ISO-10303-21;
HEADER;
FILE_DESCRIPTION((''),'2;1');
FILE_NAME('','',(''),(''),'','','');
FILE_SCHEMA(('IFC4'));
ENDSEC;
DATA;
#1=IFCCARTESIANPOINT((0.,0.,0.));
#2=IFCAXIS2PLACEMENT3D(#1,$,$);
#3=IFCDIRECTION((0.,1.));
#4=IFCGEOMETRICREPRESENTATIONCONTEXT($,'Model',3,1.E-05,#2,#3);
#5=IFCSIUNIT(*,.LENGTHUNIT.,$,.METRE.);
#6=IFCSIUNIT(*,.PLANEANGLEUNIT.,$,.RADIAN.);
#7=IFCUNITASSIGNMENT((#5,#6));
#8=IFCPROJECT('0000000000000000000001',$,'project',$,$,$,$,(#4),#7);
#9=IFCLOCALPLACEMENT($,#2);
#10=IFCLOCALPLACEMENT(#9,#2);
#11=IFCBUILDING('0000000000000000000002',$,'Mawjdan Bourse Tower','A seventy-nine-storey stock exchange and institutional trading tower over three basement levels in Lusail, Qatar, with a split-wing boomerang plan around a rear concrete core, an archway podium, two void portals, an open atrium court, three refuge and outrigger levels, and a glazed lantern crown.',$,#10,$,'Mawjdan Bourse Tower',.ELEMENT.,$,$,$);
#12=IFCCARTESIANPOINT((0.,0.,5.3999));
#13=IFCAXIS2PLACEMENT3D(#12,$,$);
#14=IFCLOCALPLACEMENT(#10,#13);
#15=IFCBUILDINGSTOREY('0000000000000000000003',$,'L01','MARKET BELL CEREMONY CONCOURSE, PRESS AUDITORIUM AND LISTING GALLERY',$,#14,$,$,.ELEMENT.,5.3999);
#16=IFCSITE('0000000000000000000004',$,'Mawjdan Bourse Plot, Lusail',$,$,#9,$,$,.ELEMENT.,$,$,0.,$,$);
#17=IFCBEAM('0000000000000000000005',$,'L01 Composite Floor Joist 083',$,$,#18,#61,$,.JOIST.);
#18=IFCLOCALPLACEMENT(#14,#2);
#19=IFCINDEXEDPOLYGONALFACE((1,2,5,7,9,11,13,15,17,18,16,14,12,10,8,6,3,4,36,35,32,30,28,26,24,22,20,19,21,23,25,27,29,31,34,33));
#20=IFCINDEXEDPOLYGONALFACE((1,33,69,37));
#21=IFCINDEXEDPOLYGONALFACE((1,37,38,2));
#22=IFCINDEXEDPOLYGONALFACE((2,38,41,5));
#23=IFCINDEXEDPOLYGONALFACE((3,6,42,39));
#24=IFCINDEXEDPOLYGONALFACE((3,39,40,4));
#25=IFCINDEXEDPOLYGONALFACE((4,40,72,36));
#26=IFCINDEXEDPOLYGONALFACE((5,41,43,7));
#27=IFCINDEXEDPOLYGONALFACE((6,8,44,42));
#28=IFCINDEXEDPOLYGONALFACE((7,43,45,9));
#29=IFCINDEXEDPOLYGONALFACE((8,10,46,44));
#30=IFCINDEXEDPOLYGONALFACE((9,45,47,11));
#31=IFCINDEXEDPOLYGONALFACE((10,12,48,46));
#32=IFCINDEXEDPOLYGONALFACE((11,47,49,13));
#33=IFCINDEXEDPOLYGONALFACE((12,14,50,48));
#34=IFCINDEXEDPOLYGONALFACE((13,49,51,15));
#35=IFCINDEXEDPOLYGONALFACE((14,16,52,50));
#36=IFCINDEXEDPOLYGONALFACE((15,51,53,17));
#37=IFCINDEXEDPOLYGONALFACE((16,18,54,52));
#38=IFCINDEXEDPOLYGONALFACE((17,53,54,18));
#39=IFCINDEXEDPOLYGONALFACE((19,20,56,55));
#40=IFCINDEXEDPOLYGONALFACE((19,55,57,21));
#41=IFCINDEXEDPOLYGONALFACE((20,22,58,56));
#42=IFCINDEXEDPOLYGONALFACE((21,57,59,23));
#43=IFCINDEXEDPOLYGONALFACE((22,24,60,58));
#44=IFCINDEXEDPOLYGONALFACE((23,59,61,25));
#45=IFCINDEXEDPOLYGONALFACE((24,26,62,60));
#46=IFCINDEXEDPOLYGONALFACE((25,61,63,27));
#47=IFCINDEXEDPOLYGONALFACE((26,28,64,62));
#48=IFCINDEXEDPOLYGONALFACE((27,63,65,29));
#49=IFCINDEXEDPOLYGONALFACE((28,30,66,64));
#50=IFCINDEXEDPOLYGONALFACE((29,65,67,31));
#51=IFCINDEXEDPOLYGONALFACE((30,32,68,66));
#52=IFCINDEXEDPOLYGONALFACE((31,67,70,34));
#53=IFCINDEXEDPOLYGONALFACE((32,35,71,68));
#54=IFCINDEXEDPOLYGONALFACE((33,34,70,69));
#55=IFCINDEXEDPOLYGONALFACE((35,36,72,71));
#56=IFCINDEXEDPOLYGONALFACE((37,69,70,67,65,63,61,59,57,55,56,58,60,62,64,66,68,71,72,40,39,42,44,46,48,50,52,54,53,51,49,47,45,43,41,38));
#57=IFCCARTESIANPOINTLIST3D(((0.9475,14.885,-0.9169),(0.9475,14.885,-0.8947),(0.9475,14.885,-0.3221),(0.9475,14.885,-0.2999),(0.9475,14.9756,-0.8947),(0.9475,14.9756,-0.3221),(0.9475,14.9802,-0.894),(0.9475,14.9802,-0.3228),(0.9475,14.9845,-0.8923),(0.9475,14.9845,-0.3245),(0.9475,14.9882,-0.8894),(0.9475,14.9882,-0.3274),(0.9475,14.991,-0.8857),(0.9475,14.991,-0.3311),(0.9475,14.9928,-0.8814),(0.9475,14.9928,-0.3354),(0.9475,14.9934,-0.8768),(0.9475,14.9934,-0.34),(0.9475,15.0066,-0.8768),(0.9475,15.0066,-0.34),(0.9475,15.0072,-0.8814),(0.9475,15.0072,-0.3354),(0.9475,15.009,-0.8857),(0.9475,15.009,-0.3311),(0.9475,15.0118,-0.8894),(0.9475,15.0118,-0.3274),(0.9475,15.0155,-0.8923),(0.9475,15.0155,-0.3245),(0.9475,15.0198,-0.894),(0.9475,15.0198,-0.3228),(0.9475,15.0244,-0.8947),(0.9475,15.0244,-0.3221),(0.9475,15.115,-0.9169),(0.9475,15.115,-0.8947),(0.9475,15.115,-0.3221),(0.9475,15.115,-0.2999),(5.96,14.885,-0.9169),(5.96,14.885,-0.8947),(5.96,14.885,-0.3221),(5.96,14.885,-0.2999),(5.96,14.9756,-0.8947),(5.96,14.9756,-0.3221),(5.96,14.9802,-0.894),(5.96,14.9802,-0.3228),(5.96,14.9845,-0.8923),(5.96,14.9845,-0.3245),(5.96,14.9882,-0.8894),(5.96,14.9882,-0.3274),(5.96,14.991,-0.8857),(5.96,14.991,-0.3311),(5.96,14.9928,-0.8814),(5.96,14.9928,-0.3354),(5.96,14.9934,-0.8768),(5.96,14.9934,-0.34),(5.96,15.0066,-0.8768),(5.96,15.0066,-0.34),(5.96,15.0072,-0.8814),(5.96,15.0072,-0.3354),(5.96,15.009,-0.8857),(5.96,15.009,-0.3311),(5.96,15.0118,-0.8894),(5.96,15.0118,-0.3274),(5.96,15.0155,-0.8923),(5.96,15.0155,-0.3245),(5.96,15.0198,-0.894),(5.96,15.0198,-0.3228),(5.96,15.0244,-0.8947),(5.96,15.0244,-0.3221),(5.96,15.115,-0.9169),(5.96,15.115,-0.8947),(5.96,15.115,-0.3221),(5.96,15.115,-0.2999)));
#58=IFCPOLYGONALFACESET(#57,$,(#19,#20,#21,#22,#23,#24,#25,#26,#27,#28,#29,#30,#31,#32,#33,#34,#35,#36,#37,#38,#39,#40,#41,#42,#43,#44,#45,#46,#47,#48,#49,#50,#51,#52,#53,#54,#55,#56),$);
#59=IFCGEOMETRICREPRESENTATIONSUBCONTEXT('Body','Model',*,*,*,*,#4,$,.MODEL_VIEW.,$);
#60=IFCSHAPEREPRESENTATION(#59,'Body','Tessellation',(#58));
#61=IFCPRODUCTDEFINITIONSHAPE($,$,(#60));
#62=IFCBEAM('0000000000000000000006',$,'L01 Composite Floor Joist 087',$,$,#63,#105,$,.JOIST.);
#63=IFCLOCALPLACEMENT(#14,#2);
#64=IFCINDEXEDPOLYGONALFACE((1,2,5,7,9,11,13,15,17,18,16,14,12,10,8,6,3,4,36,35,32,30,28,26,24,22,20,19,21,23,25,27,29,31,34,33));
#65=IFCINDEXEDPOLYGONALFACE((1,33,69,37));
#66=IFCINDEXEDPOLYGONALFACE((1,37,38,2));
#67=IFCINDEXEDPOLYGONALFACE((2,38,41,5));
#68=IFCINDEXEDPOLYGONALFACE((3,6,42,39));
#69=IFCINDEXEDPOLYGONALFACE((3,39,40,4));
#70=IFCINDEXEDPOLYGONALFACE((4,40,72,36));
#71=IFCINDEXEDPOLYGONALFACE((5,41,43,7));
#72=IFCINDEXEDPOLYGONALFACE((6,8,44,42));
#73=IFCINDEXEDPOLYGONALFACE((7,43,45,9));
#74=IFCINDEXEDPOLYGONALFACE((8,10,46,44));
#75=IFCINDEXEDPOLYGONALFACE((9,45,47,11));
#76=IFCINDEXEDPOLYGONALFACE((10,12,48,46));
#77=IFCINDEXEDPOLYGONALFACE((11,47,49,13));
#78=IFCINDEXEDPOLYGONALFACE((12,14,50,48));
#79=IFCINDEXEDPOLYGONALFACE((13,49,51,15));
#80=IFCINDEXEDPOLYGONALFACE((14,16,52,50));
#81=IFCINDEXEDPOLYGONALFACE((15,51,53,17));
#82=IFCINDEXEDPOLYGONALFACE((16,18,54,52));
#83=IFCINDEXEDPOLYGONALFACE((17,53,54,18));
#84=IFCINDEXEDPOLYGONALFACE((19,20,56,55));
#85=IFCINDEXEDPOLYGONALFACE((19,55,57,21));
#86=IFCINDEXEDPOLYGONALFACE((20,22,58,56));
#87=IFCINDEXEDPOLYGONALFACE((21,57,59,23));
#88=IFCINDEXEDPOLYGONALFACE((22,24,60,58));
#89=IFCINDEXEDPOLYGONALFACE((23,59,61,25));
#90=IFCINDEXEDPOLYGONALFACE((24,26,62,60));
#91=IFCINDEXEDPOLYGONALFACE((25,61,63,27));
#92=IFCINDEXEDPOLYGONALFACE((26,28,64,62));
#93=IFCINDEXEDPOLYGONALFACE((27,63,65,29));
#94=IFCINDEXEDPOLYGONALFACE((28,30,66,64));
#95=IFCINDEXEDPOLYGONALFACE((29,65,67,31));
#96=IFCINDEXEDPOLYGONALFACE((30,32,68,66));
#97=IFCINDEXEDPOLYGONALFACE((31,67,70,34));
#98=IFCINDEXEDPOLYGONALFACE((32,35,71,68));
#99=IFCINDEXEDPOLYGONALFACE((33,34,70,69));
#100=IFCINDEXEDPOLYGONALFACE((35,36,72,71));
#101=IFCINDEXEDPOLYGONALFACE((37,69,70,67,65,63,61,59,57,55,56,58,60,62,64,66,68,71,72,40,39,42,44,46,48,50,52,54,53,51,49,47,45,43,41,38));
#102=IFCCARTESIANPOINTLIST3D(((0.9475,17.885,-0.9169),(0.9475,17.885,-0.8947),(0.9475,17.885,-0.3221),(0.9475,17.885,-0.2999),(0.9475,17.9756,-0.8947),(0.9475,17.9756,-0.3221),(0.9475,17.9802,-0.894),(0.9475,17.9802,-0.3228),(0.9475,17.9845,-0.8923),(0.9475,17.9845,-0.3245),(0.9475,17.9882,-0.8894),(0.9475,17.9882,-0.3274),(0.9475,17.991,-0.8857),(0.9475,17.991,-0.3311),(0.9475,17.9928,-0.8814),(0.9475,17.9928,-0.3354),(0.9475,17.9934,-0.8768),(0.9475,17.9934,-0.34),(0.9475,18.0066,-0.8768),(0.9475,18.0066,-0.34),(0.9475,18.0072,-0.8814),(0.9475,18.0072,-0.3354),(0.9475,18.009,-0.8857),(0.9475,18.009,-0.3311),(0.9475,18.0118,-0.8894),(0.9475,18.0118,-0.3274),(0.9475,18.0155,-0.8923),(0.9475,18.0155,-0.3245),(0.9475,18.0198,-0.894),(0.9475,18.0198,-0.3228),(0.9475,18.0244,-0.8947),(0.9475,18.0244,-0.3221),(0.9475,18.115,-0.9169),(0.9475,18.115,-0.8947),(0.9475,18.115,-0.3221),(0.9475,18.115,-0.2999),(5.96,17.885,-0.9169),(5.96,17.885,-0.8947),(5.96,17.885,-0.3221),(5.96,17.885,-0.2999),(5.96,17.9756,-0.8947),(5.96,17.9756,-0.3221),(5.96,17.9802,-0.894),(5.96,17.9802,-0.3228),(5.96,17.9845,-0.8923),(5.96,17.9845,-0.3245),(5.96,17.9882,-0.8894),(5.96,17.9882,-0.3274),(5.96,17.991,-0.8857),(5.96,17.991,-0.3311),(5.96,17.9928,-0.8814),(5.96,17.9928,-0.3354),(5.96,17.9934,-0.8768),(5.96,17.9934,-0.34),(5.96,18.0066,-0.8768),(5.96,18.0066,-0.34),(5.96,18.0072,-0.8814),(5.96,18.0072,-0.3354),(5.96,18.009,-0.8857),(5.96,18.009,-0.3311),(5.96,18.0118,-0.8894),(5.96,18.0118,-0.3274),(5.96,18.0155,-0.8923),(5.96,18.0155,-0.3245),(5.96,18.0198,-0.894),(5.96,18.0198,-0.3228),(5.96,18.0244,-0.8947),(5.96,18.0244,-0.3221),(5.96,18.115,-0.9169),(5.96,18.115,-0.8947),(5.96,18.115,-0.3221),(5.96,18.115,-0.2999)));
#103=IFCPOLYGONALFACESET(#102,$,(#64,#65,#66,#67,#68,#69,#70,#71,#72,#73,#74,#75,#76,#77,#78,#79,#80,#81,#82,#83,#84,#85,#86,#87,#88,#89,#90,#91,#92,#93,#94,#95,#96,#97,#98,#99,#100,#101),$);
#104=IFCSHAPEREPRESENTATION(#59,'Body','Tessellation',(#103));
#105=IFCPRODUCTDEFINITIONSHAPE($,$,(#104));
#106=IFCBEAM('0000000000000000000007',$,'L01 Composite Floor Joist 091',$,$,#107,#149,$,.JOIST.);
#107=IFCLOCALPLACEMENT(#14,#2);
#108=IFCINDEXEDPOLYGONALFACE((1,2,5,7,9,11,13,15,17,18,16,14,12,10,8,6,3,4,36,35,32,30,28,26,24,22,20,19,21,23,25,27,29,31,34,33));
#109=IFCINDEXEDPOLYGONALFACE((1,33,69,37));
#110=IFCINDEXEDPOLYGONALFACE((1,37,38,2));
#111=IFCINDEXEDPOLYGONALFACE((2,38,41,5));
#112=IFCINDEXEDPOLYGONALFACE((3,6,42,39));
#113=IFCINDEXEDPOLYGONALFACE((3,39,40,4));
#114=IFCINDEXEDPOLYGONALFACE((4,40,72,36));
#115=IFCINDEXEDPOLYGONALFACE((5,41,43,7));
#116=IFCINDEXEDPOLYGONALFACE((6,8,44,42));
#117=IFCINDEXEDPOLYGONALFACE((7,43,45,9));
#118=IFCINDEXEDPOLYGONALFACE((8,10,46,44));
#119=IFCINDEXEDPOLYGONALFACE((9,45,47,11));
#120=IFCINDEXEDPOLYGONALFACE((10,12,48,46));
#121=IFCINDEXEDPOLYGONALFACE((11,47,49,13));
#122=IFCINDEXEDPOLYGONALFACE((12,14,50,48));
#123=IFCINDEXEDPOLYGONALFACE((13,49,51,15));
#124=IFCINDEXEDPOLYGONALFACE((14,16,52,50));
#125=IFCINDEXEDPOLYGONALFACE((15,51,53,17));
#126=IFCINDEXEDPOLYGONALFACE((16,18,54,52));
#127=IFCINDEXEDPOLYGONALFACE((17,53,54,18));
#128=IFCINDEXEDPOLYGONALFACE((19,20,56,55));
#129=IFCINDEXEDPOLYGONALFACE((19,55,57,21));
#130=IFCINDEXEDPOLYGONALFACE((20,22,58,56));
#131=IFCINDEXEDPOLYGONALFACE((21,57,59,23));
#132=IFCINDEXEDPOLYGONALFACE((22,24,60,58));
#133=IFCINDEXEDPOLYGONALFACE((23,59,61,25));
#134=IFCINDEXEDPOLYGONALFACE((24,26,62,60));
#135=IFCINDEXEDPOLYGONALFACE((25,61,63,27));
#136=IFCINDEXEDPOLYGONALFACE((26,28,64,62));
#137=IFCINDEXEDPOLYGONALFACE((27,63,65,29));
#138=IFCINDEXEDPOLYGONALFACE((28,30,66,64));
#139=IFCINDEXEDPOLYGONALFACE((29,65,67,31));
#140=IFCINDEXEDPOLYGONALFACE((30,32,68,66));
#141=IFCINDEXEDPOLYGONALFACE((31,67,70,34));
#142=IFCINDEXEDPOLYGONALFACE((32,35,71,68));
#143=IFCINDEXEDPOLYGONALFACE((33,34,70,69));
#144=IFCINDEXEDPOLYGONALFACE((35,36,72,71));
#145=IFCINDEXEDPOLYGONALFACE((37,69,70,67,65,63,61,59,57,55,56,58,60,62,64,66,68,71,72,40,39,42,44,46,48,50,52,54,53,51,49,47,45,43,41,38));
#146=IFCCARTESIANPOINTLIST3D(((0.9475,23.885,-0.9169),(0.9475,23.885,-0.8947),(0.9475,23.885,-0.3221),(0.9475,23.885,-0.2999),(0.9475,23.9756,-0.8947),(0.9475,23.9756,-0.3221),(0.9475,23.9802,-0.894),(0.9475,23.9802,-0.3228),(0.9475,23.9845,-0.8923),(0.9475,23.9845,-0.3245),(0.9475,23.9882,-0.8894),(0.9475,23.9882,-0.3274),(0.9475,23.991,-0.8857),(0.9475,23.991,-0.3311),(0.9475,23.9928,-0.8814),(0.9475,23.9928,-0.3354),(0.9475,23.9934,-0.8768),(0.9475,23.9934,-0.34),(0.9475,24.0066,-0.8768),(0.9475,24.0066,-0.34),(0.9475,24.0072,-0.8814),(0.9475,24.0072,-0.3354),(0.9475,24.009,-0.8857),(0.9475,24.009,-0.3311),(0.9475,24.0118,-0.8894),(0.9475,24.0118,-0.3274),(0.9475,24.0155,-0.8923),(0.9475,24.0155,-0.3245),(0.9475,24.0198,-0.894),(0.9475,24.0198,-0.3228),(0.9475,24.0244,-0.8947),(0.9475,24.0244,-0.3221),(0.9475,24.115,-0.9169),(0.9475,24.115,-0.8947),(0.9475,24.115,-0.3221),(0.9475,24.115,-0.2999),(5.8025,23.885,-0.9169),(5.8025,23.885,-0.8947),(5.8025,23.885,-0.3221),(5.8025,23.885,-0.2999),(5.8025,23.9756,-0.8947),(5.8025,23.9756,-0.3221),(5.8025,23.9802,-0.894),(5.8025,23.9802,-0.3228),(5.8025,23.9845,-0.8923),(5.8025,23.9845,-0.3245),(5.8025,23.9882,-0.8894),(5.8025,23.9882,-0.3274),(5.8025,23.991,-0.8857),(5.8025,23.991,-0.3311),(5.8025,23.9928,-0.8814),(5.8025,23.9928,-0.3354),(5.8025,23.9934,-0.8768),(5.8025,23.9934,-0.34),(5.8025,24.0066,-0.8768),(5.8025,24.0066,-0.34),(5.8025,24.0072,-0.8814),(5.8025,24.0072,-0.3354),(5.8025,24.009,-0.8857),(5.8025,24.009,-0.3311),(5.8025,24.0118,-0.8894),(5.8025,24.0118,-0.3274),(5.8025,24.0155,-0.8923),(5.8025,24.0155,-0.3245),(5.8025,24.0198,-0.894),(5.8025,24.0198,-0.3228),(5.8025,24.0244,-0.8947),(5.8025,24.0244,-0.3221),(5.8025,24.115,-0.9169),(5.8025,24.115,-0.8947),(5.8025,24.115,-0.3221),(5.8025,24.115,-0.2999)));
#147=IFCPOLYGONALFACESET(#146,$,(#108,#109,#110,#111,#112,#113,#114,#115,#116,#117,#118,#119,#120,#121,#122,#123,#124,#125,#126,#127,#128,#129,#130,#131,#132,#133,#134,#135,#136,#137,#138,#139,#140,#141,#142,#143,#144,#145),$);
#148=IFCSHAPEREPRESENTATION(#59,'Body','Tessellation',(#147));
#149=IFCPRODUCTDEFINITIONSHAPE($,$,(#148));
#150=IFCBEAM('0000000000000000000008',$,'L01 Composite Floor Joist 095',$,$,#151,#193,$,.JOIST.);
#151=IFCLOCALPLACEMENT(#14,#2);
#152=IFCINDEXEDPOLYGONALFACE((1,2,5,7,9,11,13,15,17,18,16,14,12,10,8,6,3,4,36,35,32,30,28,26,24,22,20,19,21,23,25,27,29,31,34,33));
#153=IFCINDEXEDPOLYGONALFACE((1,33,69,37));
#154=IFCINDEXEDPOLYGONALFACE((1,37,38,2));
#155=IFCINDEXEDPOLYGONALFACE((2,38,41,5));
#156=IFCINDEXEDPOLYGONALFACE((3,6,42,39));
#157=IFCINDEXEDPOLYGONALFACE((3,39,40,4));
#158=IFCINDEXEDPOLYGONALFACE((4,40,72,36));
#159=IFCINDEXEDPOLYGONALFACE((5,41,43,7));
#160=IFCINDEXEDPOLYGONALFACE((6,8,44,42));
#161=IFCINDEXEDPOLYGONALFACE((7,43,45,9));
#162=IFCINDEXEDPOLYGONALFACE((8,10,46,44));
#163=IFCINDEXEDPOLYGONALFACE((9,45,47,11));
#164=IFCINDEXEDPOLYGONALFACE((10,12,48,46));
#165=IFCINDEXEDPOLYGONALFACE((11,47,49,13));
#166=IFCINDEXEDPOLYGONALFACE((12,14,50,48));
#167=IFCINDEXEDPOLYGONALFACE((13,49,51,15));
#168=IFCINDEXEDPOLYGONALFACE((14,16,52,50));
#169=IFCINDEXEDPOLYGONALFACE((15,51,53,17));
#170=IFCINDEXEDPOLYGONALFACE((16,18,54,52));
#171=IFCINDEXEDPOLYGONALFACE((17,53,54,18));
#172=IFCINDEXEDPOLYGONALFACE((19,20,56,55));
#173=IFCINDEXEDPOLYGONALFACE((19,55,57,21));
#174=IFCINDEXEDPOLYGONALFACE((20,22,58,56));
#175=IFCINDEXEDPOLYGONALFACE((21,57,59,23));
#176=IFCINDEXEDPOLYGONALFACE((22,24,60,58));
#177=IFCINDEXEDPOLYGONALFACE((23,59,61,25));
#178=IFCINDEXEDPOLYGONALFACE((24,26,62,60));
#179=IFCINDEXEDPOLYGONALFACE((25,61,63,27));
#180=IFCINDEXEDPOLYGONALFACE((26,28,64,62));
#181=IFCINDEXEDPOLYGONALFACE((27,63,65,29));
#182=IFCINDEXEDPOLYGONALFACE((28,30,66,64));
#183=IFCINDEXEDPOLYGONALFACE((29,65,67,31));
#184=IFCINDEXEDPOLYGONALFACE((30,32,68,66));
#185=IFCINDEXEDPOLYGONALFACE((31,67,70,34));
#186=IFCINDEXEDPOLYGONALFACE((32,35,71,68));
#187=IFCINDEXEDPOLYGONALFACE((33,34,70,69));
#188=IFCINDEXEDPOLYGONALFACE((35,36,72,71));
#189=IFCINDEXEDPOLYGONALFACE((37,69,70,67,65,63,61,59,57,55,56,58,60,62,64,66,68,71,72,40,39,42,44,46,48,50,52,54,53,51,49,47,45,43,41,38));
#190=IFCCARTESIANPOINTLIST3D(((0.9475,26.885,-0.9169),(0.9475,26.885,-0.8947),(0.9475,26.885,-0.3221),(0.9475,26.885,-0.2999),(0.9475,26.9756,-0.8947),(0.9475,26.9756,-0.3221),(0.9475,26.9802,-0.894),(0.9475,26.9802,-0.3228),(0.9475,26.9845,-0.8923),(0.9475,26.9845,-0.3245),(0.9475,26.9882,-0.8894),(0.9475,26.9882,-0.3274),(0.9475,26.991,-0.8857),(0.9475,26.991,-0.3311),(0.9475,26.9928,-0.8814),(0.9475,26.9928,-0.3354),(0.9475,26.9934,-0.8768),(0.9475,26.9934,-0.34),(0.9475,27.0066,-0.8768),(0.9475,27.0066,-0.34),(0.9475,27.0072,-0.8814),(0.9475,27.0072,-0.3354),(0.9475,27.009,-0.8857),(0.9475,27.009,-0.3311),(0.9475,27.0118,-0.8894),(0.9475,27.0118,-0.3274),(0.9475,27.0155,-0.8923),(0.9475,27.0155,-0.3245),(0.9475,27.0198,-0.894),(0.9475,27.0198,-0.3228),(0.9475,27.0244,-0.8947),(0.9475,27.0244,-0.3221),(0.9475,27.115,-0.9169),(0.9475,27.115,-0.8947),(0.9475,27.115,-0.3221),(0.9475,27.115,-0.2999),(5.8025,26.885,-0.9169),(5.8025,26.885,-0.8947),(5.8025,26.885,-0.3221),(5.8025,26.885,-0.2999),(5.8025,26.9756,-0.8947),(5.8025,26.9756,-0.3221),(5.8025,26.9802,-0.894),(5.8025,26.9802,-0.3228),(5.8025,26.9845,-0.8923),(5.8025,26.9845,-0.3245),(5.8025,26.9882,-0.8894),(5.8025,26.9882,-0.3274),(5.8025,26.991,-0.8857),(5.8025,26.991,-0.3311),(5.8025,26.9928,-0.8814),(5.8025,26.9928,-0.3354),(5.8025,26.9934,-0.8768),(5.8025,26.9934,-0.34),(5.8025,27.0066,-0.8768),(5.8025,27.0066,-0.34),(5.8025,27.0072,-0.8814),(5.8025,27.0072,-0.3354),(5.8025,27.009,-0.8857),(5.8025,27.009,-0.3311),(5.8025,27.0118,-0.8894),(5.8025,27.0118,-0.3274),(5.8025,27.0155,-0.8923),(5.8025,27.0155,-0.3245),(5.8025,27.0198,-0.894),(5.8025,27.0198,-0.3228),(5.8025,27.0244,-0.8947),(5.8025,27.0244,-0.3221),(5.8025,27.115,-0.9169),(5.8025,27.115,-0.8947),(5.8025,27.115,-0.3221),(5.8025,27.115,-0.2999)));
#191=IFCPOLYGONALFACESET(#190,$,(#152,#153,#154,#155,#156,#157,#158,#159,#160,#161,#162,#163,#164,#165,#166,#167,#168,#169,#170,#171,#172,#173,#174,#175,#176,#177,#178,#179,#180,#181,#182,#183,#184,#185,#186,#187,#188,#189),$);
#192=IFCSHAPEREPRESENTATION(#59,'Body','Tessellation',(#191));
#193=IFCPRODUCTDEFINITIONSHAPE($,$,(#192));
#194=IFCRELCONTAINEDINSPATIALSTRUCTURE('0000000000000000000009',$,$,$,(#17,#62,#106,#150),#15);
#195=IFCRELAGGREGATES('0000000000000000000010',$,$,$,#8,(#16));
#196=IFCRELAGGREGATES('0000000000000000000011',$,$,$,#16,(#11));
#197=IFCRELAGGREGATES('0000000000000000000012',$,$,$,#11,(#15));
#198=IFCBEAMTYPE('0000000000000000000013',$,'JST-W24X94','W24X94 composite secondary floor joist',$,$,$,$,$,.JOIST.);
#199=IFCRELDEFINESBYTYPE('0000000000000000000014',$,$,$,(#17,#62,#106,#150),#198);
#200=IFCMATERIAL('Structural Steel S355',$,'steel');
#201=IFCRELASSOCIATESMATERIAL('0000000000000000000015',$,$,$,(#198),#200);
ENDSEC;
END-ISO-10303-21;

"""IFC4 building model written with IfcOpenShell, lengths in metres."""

from ifc_helpers import new_model, si_unit, direction, frame, origin, origin_2d, place, context, subcontext, project, spatial, i_section, extrude, material, material_profile, profile_set, type_object, element, save


model = new_model("IFC4")

# Units and contexts
model_context = context("Model", 3, precision=1e-05, world=origin(), true_north=direction((0.0, 1.0)))
body_context = subcontext(model_context, "Body", "Model", "MODEL_VIEW")
ifc_project = project(units=[si_unit("LENGTHUNIT", "METRE"), si_unit("PLANEANGLEUNIT", "RADIAN")], contexts=[model_context])

# Site, building, storey
site_placement = place(None, origin())
site = spatial("IfcSite", under=ifc_project, at=site_placement, Name="Mawjdan Bourse Plot, Lusail", CompositionType="ELEMENT", RefElevation=0.0)
building_placement = place(site_placement, origin())
building = spatial("IfcBuilding", under=site, at=building_placement, Name="Mawjdan Bourse Tower", Description="A seventy-nine-storey stock exchange and institutional trading tower over three basement levels in Lusail, Qatar, with a split-wing boomerang plan around a rear concrete core, an archway podium, two void portals, an open atrium court, three refuge and outrigger levels, and a glazed lantern crown.", LongName="Mawjdan Bourse Tower", CompositionType="ELEMENT")
storey_placement = place(building_placement, frame((0.0, 0.0, 5.3999)))
storey = spatial("IfcBuildingStorey", under=building, at=storey_placement, Name="L01", Description="MARKET BELL CEREMONY CONCOURSE, PRESS AUDITORIUM AND LISTING GALLERY", CompositionType="ELEMENT", Elevation=5.3999)

# Beams
ifc_material_1 = material(Name="Structural Steel S355", Category="steel")
ifc_material_profile_1 = material_profile(ifc_material_1, i_section(OverallWidth=0.23, OverallDepth=0.6169, WebThickness=0.0132, FlangeThickness=0.0222, FilletRadius=0.0178, at=origin_2d()), Name="W24X94")
ifc_profile_set_1 = profile_set([ifc_material_profile_1], Name="Structural Steel S355")
beam_type_1 = type_object("IfcBeamType", Name="JST-W24X94", Description="W24X94 composite secondary floor joist", PredefinedType="JOIST", material=ifc_profile_set_1)
for number, where, z_axis, x_axis, name in (
    (1, (0.9475, 15.0, -0.6084), (1.0, 0.0, 0.0), (0.0, 1.0, 0.0), "L01 Composite Floor Joist 083"),
    (2, (0.9475, 18.0, -0.6084), (1.0, 0.0, 0.0), (0.0, 1.0, 0.0), "L01 Composite Floor Joist 087"),
):
    element("IfcBeam", number, at=place(storey_placement, frame(where, z_axis=z_axis, x_axis=x_axis)), inside=storey, type_object=beam_type_1, Name=name, PredefinedType="JOIST", context=body_context, shape_type="SweptSolid", body=[
        extrude(i_section(OverallWidth=0.23, OverallDepth=0.6169, WebThickness=0.0132, FlangeThickness=0.0222, FilletRadius=0.0178, at=origin_2d()), origin(), (0.0, 0.0, 1.0), 5.0125),
    ])
for number, where, z_axis, x_axis, name in (
    (3, (0.9475, 24.0, -0.6084), (1.0, 0.0, 0.0), (0.0, 1.0, 0.0), "L01 Composite Floor Joist 091"),
    (4, (0.9475, 27.0, -0.6084), (1.0, 0.0, 0.0), (0.0, 1.0, 0.0), "L01 Composite Floor Joist 095"),
):
    element("IfcBeam", number, at=place(storey_placement, frame(where, z_axis=z_axis, x_axis=x_axis)), inside=storey, type_object=beam_type_1, Name=name, PredefinedType="JOIST", context=body_context, shape_type="SweptSolid", body=[
        extrude(i_section(OverallWidth=0.23, OverallDepth=0.6169, WebThickness=0.0132, FlangeThickness=0.0222, FilletRadius=0.0178, at=origin_2d()), origin(), (0.0, 0.0, 1.0), 4.855),
    ])

save(model, "model.ifc")
